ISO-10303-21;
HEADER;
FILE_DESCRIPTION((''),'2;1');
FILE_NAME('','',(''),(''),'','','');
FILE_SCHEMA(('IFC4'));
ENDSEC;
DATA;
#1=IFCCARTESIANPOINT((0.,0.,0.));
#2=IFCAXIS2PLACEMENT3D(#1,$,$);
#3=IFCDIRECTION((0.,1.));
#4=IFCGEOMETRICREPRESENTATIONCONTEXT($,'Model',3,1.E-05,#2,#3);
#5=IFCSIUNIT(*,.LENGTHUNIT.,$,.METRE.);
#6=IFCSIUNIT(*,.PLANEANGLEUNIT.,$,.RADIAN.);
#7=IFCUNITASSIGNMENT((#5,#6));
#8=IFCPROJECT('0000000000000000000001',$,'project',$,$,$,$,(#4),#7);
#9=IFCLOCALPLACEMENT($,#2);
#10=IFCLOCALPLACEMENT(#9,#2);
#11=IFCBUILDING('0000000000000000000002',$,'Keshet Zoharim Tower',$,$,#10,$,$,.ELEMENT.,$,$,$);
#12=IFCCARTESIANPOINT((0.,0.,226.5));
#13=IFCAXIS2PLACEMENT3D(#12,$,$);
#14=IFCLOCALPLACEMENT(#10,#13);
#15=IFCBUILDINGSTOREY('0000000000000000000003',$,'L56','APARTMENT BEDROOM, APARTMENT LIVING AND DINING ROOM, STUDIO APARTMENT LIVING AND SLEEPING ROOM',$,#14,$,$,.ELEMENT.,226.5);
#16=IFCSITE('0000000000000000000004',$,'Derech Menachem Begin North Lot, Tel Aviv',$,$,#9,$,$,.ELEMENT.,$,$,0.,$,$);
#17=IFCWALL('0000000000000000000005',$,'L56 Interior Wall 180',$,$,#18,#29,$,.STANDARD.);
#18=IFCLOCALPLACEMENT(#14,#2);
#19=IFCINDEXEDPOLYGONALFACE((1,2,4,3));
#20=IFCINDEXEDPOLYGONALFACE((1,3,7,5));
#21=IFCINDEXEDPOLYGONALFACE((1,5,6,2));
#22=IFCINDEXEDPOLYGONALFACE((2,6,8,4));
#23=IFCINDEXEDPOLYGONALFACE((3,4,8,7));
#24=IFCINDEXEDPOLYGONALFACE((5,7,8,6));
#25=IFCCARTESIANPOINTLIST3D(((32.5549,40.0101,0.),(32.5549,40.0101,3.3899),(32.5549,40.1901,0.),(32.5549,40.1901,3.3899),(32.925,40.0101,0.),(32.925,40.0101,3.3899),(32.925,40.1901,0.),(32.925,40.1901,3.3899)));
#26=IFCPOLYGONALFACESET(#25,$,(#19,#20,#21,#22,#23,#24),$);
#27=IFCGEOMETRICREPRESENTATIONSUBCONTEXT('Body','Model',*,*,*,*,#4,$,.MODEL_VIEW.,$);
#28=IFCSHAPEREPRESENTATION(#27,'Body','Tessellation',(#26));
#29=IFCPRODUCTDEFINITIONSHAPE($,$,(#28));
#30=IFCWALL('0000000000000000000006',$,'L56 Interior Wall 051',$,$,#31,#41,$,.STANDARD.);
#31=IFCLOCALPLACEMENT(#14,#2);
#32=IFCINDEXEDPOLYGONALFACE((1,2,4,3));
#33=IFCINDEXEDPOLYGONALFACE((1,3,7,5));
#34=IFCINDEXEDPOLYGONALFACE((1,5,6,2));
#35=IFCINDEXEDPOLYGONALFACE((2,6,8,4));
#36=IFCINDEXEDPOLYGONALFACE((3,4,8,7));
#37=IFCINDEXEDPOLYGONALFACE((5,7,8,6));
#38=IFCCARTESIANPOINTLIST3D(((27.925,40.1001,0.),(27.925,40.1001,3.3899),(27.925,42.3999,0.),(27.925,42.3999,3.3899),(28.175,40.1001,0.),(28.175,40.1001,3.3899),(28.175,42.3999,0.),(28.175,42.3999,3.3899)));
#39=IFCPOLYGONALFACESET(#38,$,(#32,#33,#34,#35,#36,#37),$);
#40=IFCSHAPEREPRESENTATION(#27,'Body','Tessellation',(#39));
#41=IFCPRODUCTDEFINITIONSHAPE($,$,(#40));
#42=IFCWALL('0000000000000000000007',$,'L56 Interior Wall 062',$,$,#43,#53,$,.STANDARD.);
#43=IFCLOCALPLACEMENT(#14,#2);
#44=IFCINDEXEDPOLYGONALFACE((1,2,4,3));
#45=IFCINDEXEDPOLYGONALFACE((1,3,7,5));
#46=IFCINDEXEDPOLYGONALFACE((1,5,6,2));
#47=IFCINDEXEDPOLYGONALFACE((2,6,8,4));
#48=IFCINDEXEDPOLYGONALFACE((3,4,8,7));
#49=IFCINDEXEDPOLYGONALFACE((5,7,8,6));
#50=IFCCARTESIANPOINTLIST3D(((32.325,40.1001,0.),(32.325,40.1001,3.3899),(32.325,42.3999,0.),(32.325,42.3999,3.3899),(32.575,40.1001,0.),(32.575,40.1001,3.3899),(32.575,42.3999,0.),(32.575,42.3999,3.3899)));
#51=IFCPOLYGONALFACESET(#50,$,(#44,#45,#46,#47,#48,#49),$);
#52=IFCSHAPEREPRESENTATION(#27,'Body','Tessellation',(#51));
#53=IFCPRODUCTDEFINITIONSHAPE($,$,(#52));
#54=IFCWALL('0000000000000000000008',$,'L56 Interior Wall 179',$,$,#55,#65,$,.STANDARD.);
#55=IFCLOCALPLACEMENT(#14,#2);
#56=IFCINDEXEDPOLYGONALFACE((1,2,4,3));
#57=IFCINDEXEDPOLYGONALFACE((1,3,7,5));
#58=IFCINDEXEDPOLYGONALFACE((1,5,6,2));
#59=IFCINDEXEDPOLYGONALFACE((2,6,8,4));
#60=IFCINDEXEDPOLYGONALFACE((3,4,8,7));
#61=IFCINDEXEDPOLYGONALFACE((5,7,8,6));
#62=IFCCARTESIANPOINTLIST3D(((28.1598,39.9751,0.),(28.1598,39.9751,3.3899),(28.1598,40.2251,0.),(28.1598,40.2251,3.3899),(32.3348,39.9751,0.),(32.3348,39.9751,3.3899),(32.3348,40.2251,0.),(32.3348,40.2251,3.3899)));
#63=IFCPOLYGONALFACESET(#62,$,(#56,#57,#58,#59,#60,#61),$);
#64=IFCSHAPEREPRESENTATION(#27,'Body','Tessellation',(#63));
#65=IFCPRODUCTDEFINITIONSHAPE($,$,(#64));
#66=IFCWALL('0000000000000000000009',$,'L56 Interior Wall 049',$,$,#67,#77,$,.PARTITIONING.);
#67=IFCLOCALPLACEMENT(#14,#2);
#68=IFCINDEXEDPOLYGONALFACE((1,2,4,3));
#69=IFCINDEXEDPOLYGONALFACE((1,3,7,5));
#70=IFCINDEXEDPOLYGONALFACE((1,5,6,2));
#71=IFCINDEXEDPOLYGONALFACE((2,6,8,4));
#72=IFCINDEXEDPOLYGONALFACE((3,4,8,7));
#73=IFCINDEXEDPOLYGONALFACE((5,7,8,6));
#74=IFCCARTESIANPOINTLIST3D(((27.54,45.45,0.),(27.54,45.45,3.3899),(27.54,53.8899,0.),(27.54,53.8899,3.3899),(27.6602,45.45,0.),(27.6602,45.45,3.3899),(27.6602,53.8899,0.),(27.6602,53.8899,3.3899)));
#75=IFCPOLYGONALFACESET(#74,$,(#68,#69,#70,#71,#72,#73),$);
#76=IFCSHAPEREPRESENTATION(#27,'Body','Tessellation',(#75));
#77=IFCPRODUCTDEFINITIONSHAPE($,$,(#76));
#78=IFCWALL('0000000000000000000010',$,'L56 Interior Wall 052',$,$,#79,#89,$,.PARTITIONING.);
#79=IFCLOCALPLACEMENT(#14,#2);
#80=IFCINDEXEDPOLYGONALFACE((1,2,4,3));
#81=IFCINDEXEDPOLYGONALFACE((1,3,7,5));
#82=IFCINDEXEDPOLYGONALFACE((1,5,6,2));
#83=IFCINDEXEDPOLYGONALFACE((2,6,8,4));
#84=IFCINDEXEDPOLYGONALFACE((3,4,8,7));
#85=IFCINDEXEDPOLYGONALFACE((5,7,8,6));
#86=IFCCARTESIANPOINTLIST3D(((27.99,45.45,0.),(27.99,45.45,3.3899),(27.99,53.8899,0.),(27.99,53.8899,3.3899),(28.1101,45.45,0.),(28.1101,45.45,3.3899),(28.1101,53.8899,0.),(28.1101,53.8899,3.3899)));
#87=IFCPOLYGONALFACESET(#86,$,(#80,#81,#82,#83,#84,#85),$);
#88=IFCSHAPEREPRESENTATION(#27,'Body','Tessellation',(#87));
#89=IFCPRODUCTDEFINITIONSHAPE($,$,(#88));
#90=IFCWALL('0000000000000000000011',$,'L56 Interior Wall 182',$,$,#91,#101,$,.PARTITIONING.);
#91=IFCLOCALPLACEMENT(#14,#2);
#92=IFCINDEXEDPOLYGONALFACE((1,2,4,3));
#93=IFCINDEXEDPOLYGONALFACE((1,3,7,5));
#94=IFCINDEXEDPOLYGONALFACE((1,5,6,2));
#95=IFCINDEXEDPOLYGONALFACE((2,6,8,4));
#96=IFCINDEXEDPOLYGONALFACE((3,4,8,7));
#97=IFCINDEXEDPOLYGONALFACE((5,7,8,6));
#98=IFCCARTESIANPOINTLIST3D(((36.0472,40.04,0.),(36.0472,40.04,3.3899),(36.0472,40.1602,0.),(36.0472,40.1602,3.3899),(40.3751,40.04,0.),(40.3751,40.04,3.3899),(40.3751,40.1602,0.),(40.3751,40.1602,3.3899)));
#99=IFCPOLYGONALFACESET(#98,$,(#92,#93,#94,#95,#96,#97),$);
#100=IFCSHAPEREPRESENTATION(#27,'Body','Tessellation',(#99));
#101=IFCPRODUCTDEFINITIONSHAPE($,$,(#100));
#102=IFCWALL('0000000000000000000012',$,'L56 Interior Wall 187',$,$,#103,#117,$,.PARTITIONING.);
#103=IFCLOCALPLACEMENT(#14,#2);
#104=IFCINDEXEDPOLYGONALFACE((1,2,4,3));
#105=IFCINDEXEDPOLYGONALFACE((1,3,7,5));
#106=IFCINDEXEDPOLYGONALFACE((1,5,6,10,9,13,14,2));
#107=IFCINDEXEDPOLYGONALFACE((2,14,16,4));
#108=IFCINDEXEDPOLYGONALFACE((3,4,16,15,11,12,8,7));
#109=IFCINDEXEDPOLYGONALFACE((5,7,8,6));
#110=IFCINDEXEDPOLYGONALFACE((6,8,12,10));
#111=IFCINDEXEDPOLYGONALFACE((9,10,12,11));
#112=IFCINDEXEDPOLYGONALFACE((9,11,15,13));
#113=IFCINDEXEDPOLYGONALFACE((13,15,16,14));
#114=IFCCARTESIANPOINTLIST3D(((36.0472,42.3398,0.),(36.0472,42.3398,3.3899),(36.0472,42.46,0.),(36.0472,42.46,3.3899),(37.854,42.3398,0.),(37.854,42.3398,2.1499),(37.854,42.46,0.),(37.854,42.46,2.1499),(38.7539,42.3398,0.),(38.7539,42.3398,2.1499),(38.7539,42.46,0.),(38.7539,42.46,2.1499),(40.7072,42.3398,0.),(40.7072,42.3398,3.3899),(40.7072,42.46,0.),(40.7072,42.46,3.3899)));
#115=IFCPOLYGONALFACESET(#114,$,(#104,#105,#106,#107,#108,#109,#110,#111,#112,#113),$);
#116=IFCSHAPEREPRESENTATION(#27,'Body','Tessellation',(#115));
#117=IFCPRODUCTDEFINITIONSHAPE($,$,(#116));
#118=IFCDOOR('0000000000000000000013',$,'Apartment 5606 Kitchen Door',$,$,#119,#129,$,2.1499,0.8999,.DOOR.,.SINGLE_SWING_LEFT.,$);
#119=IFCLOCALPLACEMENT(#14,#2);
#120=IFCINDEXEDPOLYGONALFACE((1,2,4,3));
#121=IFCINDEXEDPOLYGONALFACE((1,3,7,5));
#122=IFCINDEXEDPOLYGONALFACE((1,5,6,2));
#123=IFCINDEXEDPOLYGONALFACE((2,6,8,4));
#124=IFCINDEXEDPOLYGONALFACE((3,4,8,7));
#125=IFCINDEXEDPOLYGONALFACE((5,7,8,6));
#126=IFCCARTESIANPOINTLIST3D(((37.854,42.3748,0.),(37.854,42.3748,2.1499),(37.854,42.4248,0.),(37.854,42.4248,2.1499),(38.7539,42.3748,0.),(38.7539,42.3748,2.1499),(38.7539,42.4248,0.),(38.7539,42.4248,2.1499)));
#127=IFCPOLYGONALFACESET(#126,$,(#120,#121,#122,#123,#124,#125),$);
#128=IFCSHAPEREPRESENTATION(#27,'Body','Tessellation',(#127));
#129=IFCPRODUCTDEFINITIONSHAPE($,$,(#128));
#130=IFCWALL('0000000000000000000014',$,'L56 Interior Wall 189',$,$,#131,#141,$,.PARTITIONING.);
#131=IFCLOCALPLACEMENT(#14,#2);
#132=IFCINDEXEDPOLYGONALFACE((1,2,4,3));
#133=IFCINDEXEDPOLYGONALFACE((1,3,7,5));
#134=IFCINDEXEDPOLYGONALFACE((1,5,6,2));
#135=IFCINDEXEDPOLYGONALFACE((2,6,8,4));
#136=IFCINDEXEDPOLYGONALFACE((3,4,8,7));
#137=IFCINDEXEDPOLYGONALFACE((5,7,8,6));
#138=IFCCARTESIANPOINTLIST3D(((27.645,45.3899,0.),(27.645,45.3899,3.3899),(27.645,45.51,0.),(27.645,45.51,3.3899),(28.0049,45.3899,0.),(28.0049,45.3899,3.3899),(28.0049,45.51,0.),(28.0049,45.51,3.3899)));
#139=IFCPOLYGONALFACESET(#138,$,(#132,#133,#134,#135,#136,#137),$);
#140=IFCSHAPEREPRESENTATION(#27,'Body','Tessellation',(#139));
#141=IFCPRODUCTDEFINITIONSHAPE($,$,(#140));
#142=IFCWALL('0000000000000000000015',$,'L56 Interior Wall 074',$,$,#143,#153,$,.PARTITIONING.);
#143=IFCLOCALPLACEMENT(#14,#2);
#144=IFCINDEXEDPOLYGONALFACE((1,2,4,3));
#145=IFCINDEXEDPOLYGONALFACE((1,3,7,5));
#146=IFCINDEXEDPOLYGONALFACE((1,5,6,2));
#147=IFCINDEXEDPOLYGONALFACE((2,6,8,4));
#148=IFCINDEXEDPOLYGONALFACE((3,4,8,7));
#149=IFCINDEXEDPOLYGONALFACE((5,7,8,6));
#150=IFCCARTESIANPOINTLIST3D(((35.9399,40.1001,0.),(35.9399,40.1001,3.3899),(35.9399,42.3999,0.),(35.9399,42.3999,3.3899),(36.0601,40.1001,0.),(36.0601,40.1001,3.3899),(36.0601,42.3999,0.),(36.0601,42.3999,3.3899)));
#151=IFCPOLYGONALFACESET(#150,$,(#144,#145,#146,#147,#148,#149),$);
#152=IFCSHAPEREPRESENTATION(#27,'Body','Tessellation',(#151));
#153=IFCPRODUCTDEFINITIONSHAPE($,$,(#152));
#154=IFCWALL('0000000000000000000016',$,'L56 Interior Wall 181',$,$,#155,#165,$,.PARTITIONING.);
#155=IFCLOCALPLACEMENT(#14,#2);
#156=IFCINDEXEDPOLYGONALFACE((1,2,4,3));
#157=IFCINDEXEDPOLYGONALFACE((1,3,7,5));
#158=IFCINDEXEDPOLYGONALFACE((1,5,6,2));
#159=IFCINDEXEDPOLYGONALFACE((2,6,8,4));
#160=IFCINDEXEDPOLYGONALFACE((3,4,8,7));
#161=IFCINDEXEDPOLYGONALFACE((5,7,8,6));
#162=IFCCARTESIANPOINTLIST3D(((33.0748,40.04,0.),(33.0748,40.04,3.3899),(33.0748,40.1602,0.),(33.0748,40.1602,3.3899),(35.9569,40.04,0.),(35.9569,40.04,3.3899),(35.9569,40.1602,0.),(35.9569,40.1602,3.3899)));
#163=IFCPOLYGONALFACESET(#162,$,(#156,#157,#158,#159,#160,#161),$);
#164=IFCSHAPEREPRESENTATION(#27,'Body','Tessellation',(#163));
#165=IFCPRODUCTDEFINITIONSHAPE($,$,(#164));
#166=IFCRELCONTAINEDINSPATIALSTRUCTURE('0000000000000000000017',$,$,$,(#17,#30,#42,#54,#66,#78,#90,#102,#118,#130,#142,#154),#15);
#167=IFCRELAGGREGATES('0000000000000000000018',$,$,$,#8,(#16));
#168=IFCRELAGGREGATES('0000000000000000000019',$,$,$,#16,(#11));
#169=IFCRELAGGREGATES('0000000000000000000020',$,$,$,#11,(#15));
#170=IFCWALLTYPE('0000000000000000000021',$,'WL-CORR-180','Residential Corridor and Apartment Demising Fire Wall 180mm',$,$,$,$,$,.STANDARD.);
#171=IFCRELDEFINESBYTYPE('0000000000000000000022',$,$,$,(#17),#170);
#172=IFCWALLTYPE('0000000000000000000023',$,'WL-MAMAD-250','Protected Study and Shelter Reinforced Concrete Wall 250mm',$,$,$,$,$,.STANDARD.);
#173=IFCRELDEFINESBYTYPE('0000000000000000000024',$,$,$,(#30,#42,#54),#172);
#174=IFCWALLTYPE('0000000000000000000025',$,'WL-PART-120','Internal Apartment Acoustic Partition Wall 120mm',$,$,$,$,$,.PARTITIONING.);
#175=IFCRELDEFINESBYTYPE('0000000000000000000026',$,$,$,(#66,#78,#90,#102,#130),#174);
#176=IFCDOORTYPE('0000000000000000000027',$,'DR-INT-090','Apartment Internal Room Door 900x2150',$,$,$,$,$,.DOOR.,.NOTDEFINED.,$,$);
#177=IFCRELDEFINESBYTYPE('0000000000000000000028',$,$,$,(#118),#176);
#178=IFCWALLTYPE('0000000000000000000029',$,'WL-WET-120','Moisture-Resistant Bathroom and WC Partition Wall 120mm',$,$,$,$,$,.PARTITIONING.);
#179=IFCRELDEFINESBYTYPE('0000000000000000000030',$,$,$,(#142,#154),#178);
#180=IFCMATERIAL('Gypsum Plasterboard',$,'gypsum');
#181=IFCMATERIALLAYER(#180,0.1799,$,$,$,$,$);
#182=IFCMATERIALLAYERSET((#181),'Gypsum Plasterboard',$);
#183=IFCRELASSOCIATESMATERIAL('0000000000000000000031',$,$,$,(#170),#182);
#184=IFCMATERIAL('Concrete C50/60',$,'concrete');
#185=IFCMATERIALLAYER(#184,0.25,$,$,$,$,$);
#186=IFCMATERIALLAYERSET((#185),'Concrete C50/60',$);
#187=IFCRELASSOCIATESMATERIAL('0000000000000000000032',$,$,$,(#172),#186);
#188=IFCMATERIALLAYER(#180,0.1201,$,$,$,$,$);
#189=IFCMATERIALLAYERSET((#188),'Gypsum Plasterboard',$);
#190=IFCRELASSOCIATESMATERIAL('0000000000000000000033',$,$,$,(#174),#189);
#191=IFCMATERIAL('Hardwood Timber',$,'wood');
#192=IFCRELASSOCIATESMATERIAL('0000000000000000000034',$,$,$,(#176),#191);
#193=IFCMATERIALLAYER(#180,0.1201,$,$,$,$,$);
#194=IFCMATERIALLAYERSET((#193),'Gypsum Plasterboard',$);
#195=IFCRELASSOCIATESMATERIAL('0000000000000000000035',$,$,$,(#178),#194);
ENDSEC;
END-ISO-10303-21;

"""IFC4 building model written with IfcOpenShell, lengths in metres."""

from ifc_helpers import new_model, si_unit, direction, frame, frame_2d, origin, place, context, subcontext, project, spatial, rectangle, extrude, material, layer, layer_set, type_object, element, fill, save


model = new_model("IFC4")

# Units and contexts
model_context = context("Model", 3, precision=1e-05, world=origin(), true_north=direction((0.0, 1.0)))
body_context = subcontext(model_context, "Body", "Model", "MODEL_VIEW")
ifc_project = project(units=[si_unit("LENGTHUNIT", "METRE"), si_unit("PLANEANGLEUNIT", "RADIAN")], contexts=[model_context])

# Site, building, storey
site_placement = place(None, origin())
site = spatial("IfcSite", under=ifc_project, at=site_placement, Name="Derech Menachem Begin North Lot, Tel Aviv", CompositionType="ELEMENT", RefElevation=0.0)
building_placement = place(site_placement, origin())
building = spatial("IfcBuilding", under=site, at=building_placement, Name="Keshet Zoharim Tower", CompositionType="ELEMENT")
storey_placement = place(building_placement, frame((0.0, 0.0, 226.5)))
storey = spatial("IfcBuildingStorey", under=building, at=storey_placement, Name="L56", Description="APARTMENT BEDROOM, APARTMENT LIVING AND DINING ROOM, STUDIO APARTMENT LIVING AND SLEEPING ROOM", CompositionType="ELEMENT", Elevation=226.5)

# Walls
ifc_material_1 = material(Name="Gypsum Plasterboard", Category="gypsum")
ifc_layer_1 = layer(ifc_material_1, 0.1799)
ifc_layer_set_1 = layer_set([ifc_layer_1], Name="Gypsum Plasterboard")
wall_type_1 = type_object("IfcWallType", Name="WL-CORR-180", Description="Residential Corridor and Apartment Demising Fire Wall 180mm", PredefinedType="STANDARD", material=ifc_layer_set_1)
wall_1_placement = place(storey_placement, frame((32.5549, 40.1001, 0.0), z_axis=(0.0, 0.0, 1.0), x_axis=(1.0, 0.0, 0.0)))
element("IfcWall", 1, at=wall_1_placement, inside=storey, type_object=wall_type_1, Name="L56 Interior Wall 180", PredefinedType="STANDARD", context=body_context, shape_type="SweptSolid", body=[
    extrude(rectangle(XDim=0.3701, YDim=0.1799, at=frame_2d((0.1851, 0.0))), origin(), (0.0, 0.0, 1.0), 3.3899),
])
ifc_material_2 = material(Name="Concrete C50/60", Category="concrete")
ifc_layer_2 = layer(ifc_material_2, 0.25)
ifc_layer_set_2 = layer_set([ifc_layer_2], Name="Concrete C50/60")
wall_type_2 = type_object("IfcWallType", Name="WL-MAMAD-250", Description="Protected Study and Shelter Reinforced Concrete Wall 250mm", PredefinedType="STANDARD", material=ifc_layer_set_2)
for number, where, z_axis, x_axis, name in (
    (2, (28.05, 40.1001, 0.0), (0.0, 0.0, 1.0), (0.0, 1.0, 0.0), "L56 Interior Wall 051"),
    (3, (32.45, 40.1001, 0.0), (0.0, 0.0, 1.0), (0.0, 1.0, 0.0), "L56 Interior Wall 062"),
):
    element("IfcWall", number, at=place(storey_placement, frame(where, z_axis=z_axis, x_axis=x_axis)), inside=storey, type_object=wall_type_2, Name=name, PredefinedType="STANDARD", context=body_context, shape_type="SweptSolid", body=[
        extrude(rectangle(XDim=2.2998, YDim=0.25, at=frame_2d((1.1499, 0.0))), origin(), (0.0, 0.0, 1.0), 3.3899),
    ])
wall_2_placement = place(storey_placement, frame((28.1599, 40.1001, 0.0), z_axis=(0.0, 0.0, 1.0), x_axis=(1.0, 0.0, 0.0)))
element("IfcWall", 4, at=wall_2_placement, inside=storey, type_object=wall_type_2, Name="L56 Interior Wall 179", PredefinedType="STANDARD", context=body_context, shape_type="SweptSolid", body=[
    extrude(rectangle(XDim=4.175, YDim=0.25, at=frame_2d((2.0874, 0.0))), origin(), (0.0, 0.0, 1.0), 3.3899),
])

# Shared definitions
ifc_material_3 = material(Name="Hardwood Timber", Category="wood")

# Walls
ifc_layer_3 = layer(ifc_material_1, 0.1201)
ifc_layer_set_3 = layer_set([ifc_layer_3], Name="Gypsum Plasterboard")
wall_type_3 = type_object("IfcWallType", Name="WL-PART-120", Description="Internal Apartment Acoustic Partition Wall 120mm", PredefinedType="PARTITIONING", material=ifc_layer_set_3)
for number, where, z_axis, x_axis, name in (
    (5, (27.6001, 45.45, 0.0), (0.0, 0.0, 1.0), (0.0, 1.0, 0.0), "L56 Interior Wall 049"),
    (6, (28.05, 45.45, 0.0), (0.0, 0.0, 1.0), (0.0, 1.0, 0.0), "L56 Interior Wall 052"),
):
    element("IfcWall", number, at=place(storey_placement, frame(where, z_axis=z_axis, x_axis=x_axis)), inside=storey, type_object=wall_type_3, Name=name, PredefinedType="PARTITIONING", context=body_context, shape_type="SweptSolid", body=[
        extrude(rectangle(XDim=8.4399, YDim=0.1201, at=frame_2d((4.22, 0.0))), origin(), (0.0, 0.0, 1.0), 3.3899),
    ])
wall_3_placement = place(storey_placement, frame((36.0471, 40.1001, 0.0), z_axis=(0.0, 0.0, 1.0), x_axis=(1.0, 0.0, 0.0)))
element("IfcWall", 7, at=wall_3_placement, inside=storey, type_object=wall_type_3, Name="L56 Interior Wall 182", PredefinedType="PARTITIONING", context=body_context, shape_type="SweptSolid", body=[
    extrude(rectangle(XDim=4.3279, YDim=0.1201, at=frame_2d((2.1641, 0.0))), origin(), (0.0, 0.0, 1.0), 3.3899),
])

# Wall, opening, door
wall_4_placement = place(storey_placement, frame((36.0471, 42.3999, 0.0), z_axis=(0.0, 0.0, 1.0), x_axis=(1.0, 0.0, 0.0)))
wall_4 = element("IfcWall", 8, at=wall_4_placement, inside=storey, type_object=wall_type_3, Name="L56 Interior Wall 187", PredefinedType="PARTITIONING", context=body_context, shape_type="SweptSolid", body=[
    extrude(rectangle(XDim=4.6599, YDim=0.1201, at=frame_2d((2.3301, 0.0))), origin(), (0.0, 0.0, 1.0), 3.3899),
])
opening_1_placement = place(wall_4_placement, frame((1.8069, 0.0, 0.0)))
opening_1 = element("IfcOpeningElement", 9, at=opening_1_placement, cuts=wall_4, PredefinedType="OPENING", context=body_context, shape_type="SweptSolid", body=[
    extrude(rectangle(XDim=0.8999, YDim=2.1499, at=frame_2d((0.45, 1.075))), frame((0.0, 0.0701, 0.0), z_axis=(0.0, -1.0, 0.0), x_axis=(1.0, 0.0, 0.0)), (0.0, 0.0, 1.0), 0.1401),
])
door_type_1 = type_object("IfcDoorType", Name="DR-INT-090", Description="Apartment Internal Room Door 900x2150", OperationType="NOTDEFINED", PredefinedType="DOOR", material=ifc_material_3)
door_1_placement = place(opening_1_placement, origin())
door_1 = element("IfcDoor", 10, at=door_1_placement, inside=storey, type_object=door_type_1, Name="Apartment 5606 Kitchen Door", OperationType="SINGLE_SWING_LEFT", OverallHeight=2.1499, OverallWidth=0.8999, PredefinedType="DOOR", context=body_context, shape_type="SweptSolid", body=[
    extrude(rectangle(XDim=0.8999, YDim=2.1499, at=frame_2d((0.45, 1.075))), frame((0.0, 0.0249, 0.0), z_axis=(0.0, -1.0, 0.0), x_axis=(1.0, 0.0, 0.0)), (0.0, 0.0, 1.0), 0.05),
])
fill(opening_1, door_1)

# Wall
wall_5_placement = place(storey_placement, frame((27.645, 45.45, 0.0), z_axis=(0.0, 0.0, 1.0), x_axis=(1.0, 0.0, 0.0)))
element("IfcWall", 11, at=wall_5_placement, inside=storey, type_object=wall_type_3, Name="L56 Interior Wall 189", PredefinedType="PARTITIONING", context=body_context, shape_type="SweptSolid", body=[
    extrude(rectangle(XDim=0.3599, YDim=0.1201, at=frame_2d((0.1799, 0.0))), origin(), (0.0, 0.0, 1.0), 3.3899),
])

# Walls
ifc_layer_4 = layer(ifc_material_1, 0.1201)
ifc_layer_set_4 = layer_set([ifc_layer_4], Name="Gypsum Plasterboard")
wall_type_4 = type_object("IfcWallType", Name="WL-WET-120", Description="Moisture-Resistant Bathroom and WC Partition Wall 120mm", PredefinedType="PARTITIONING", material=ifc_layer_set_4)
wall_6_placement = place(storey_placement, frame((36.0, 40.1001, 0.0), z_axis=(0.0, 0.0, 1.0), x_axis=(0.0, 1.0, 0.0)))
element("IfcWall", 12, at=wall_6_placement, inside=storey, type_object=wall_type_4, Name="L56 Interior Wall 074", PredefinedType="PARTITIONING", context=body_context, shape_type="SweptSolid", body=[
    extrude(rectangle(XDim=2.2998, YDim=0.1201, at=frame_2d((1.1499, 0.0))), origin(), (0.0, 0.0, 1.0), 3.3899),
])
wall_7_placement = place(storey_placement, frame((33.075, 40.1001, 0.0), z_axis=(0.0, 0.0, 1.0), x_axis=(1.0, 0.0, 0.0)))
element("IfcWall", 13, at=wall_7_placement, inside=storey, type_object=wall_type_4, Name="L56 Interior Wall 181", PredefinedType="PARTITIONING", context=body_context, shape_type="SweptSolid", body=[
    extrude(rectangle(XDim=2.8821, YDim=0.1201, at=frame_2d((1.4409, 0.0))), origin(), (0.0, 0.0, 1.0), 3.3899),
])

save(model, "model.ifc")
